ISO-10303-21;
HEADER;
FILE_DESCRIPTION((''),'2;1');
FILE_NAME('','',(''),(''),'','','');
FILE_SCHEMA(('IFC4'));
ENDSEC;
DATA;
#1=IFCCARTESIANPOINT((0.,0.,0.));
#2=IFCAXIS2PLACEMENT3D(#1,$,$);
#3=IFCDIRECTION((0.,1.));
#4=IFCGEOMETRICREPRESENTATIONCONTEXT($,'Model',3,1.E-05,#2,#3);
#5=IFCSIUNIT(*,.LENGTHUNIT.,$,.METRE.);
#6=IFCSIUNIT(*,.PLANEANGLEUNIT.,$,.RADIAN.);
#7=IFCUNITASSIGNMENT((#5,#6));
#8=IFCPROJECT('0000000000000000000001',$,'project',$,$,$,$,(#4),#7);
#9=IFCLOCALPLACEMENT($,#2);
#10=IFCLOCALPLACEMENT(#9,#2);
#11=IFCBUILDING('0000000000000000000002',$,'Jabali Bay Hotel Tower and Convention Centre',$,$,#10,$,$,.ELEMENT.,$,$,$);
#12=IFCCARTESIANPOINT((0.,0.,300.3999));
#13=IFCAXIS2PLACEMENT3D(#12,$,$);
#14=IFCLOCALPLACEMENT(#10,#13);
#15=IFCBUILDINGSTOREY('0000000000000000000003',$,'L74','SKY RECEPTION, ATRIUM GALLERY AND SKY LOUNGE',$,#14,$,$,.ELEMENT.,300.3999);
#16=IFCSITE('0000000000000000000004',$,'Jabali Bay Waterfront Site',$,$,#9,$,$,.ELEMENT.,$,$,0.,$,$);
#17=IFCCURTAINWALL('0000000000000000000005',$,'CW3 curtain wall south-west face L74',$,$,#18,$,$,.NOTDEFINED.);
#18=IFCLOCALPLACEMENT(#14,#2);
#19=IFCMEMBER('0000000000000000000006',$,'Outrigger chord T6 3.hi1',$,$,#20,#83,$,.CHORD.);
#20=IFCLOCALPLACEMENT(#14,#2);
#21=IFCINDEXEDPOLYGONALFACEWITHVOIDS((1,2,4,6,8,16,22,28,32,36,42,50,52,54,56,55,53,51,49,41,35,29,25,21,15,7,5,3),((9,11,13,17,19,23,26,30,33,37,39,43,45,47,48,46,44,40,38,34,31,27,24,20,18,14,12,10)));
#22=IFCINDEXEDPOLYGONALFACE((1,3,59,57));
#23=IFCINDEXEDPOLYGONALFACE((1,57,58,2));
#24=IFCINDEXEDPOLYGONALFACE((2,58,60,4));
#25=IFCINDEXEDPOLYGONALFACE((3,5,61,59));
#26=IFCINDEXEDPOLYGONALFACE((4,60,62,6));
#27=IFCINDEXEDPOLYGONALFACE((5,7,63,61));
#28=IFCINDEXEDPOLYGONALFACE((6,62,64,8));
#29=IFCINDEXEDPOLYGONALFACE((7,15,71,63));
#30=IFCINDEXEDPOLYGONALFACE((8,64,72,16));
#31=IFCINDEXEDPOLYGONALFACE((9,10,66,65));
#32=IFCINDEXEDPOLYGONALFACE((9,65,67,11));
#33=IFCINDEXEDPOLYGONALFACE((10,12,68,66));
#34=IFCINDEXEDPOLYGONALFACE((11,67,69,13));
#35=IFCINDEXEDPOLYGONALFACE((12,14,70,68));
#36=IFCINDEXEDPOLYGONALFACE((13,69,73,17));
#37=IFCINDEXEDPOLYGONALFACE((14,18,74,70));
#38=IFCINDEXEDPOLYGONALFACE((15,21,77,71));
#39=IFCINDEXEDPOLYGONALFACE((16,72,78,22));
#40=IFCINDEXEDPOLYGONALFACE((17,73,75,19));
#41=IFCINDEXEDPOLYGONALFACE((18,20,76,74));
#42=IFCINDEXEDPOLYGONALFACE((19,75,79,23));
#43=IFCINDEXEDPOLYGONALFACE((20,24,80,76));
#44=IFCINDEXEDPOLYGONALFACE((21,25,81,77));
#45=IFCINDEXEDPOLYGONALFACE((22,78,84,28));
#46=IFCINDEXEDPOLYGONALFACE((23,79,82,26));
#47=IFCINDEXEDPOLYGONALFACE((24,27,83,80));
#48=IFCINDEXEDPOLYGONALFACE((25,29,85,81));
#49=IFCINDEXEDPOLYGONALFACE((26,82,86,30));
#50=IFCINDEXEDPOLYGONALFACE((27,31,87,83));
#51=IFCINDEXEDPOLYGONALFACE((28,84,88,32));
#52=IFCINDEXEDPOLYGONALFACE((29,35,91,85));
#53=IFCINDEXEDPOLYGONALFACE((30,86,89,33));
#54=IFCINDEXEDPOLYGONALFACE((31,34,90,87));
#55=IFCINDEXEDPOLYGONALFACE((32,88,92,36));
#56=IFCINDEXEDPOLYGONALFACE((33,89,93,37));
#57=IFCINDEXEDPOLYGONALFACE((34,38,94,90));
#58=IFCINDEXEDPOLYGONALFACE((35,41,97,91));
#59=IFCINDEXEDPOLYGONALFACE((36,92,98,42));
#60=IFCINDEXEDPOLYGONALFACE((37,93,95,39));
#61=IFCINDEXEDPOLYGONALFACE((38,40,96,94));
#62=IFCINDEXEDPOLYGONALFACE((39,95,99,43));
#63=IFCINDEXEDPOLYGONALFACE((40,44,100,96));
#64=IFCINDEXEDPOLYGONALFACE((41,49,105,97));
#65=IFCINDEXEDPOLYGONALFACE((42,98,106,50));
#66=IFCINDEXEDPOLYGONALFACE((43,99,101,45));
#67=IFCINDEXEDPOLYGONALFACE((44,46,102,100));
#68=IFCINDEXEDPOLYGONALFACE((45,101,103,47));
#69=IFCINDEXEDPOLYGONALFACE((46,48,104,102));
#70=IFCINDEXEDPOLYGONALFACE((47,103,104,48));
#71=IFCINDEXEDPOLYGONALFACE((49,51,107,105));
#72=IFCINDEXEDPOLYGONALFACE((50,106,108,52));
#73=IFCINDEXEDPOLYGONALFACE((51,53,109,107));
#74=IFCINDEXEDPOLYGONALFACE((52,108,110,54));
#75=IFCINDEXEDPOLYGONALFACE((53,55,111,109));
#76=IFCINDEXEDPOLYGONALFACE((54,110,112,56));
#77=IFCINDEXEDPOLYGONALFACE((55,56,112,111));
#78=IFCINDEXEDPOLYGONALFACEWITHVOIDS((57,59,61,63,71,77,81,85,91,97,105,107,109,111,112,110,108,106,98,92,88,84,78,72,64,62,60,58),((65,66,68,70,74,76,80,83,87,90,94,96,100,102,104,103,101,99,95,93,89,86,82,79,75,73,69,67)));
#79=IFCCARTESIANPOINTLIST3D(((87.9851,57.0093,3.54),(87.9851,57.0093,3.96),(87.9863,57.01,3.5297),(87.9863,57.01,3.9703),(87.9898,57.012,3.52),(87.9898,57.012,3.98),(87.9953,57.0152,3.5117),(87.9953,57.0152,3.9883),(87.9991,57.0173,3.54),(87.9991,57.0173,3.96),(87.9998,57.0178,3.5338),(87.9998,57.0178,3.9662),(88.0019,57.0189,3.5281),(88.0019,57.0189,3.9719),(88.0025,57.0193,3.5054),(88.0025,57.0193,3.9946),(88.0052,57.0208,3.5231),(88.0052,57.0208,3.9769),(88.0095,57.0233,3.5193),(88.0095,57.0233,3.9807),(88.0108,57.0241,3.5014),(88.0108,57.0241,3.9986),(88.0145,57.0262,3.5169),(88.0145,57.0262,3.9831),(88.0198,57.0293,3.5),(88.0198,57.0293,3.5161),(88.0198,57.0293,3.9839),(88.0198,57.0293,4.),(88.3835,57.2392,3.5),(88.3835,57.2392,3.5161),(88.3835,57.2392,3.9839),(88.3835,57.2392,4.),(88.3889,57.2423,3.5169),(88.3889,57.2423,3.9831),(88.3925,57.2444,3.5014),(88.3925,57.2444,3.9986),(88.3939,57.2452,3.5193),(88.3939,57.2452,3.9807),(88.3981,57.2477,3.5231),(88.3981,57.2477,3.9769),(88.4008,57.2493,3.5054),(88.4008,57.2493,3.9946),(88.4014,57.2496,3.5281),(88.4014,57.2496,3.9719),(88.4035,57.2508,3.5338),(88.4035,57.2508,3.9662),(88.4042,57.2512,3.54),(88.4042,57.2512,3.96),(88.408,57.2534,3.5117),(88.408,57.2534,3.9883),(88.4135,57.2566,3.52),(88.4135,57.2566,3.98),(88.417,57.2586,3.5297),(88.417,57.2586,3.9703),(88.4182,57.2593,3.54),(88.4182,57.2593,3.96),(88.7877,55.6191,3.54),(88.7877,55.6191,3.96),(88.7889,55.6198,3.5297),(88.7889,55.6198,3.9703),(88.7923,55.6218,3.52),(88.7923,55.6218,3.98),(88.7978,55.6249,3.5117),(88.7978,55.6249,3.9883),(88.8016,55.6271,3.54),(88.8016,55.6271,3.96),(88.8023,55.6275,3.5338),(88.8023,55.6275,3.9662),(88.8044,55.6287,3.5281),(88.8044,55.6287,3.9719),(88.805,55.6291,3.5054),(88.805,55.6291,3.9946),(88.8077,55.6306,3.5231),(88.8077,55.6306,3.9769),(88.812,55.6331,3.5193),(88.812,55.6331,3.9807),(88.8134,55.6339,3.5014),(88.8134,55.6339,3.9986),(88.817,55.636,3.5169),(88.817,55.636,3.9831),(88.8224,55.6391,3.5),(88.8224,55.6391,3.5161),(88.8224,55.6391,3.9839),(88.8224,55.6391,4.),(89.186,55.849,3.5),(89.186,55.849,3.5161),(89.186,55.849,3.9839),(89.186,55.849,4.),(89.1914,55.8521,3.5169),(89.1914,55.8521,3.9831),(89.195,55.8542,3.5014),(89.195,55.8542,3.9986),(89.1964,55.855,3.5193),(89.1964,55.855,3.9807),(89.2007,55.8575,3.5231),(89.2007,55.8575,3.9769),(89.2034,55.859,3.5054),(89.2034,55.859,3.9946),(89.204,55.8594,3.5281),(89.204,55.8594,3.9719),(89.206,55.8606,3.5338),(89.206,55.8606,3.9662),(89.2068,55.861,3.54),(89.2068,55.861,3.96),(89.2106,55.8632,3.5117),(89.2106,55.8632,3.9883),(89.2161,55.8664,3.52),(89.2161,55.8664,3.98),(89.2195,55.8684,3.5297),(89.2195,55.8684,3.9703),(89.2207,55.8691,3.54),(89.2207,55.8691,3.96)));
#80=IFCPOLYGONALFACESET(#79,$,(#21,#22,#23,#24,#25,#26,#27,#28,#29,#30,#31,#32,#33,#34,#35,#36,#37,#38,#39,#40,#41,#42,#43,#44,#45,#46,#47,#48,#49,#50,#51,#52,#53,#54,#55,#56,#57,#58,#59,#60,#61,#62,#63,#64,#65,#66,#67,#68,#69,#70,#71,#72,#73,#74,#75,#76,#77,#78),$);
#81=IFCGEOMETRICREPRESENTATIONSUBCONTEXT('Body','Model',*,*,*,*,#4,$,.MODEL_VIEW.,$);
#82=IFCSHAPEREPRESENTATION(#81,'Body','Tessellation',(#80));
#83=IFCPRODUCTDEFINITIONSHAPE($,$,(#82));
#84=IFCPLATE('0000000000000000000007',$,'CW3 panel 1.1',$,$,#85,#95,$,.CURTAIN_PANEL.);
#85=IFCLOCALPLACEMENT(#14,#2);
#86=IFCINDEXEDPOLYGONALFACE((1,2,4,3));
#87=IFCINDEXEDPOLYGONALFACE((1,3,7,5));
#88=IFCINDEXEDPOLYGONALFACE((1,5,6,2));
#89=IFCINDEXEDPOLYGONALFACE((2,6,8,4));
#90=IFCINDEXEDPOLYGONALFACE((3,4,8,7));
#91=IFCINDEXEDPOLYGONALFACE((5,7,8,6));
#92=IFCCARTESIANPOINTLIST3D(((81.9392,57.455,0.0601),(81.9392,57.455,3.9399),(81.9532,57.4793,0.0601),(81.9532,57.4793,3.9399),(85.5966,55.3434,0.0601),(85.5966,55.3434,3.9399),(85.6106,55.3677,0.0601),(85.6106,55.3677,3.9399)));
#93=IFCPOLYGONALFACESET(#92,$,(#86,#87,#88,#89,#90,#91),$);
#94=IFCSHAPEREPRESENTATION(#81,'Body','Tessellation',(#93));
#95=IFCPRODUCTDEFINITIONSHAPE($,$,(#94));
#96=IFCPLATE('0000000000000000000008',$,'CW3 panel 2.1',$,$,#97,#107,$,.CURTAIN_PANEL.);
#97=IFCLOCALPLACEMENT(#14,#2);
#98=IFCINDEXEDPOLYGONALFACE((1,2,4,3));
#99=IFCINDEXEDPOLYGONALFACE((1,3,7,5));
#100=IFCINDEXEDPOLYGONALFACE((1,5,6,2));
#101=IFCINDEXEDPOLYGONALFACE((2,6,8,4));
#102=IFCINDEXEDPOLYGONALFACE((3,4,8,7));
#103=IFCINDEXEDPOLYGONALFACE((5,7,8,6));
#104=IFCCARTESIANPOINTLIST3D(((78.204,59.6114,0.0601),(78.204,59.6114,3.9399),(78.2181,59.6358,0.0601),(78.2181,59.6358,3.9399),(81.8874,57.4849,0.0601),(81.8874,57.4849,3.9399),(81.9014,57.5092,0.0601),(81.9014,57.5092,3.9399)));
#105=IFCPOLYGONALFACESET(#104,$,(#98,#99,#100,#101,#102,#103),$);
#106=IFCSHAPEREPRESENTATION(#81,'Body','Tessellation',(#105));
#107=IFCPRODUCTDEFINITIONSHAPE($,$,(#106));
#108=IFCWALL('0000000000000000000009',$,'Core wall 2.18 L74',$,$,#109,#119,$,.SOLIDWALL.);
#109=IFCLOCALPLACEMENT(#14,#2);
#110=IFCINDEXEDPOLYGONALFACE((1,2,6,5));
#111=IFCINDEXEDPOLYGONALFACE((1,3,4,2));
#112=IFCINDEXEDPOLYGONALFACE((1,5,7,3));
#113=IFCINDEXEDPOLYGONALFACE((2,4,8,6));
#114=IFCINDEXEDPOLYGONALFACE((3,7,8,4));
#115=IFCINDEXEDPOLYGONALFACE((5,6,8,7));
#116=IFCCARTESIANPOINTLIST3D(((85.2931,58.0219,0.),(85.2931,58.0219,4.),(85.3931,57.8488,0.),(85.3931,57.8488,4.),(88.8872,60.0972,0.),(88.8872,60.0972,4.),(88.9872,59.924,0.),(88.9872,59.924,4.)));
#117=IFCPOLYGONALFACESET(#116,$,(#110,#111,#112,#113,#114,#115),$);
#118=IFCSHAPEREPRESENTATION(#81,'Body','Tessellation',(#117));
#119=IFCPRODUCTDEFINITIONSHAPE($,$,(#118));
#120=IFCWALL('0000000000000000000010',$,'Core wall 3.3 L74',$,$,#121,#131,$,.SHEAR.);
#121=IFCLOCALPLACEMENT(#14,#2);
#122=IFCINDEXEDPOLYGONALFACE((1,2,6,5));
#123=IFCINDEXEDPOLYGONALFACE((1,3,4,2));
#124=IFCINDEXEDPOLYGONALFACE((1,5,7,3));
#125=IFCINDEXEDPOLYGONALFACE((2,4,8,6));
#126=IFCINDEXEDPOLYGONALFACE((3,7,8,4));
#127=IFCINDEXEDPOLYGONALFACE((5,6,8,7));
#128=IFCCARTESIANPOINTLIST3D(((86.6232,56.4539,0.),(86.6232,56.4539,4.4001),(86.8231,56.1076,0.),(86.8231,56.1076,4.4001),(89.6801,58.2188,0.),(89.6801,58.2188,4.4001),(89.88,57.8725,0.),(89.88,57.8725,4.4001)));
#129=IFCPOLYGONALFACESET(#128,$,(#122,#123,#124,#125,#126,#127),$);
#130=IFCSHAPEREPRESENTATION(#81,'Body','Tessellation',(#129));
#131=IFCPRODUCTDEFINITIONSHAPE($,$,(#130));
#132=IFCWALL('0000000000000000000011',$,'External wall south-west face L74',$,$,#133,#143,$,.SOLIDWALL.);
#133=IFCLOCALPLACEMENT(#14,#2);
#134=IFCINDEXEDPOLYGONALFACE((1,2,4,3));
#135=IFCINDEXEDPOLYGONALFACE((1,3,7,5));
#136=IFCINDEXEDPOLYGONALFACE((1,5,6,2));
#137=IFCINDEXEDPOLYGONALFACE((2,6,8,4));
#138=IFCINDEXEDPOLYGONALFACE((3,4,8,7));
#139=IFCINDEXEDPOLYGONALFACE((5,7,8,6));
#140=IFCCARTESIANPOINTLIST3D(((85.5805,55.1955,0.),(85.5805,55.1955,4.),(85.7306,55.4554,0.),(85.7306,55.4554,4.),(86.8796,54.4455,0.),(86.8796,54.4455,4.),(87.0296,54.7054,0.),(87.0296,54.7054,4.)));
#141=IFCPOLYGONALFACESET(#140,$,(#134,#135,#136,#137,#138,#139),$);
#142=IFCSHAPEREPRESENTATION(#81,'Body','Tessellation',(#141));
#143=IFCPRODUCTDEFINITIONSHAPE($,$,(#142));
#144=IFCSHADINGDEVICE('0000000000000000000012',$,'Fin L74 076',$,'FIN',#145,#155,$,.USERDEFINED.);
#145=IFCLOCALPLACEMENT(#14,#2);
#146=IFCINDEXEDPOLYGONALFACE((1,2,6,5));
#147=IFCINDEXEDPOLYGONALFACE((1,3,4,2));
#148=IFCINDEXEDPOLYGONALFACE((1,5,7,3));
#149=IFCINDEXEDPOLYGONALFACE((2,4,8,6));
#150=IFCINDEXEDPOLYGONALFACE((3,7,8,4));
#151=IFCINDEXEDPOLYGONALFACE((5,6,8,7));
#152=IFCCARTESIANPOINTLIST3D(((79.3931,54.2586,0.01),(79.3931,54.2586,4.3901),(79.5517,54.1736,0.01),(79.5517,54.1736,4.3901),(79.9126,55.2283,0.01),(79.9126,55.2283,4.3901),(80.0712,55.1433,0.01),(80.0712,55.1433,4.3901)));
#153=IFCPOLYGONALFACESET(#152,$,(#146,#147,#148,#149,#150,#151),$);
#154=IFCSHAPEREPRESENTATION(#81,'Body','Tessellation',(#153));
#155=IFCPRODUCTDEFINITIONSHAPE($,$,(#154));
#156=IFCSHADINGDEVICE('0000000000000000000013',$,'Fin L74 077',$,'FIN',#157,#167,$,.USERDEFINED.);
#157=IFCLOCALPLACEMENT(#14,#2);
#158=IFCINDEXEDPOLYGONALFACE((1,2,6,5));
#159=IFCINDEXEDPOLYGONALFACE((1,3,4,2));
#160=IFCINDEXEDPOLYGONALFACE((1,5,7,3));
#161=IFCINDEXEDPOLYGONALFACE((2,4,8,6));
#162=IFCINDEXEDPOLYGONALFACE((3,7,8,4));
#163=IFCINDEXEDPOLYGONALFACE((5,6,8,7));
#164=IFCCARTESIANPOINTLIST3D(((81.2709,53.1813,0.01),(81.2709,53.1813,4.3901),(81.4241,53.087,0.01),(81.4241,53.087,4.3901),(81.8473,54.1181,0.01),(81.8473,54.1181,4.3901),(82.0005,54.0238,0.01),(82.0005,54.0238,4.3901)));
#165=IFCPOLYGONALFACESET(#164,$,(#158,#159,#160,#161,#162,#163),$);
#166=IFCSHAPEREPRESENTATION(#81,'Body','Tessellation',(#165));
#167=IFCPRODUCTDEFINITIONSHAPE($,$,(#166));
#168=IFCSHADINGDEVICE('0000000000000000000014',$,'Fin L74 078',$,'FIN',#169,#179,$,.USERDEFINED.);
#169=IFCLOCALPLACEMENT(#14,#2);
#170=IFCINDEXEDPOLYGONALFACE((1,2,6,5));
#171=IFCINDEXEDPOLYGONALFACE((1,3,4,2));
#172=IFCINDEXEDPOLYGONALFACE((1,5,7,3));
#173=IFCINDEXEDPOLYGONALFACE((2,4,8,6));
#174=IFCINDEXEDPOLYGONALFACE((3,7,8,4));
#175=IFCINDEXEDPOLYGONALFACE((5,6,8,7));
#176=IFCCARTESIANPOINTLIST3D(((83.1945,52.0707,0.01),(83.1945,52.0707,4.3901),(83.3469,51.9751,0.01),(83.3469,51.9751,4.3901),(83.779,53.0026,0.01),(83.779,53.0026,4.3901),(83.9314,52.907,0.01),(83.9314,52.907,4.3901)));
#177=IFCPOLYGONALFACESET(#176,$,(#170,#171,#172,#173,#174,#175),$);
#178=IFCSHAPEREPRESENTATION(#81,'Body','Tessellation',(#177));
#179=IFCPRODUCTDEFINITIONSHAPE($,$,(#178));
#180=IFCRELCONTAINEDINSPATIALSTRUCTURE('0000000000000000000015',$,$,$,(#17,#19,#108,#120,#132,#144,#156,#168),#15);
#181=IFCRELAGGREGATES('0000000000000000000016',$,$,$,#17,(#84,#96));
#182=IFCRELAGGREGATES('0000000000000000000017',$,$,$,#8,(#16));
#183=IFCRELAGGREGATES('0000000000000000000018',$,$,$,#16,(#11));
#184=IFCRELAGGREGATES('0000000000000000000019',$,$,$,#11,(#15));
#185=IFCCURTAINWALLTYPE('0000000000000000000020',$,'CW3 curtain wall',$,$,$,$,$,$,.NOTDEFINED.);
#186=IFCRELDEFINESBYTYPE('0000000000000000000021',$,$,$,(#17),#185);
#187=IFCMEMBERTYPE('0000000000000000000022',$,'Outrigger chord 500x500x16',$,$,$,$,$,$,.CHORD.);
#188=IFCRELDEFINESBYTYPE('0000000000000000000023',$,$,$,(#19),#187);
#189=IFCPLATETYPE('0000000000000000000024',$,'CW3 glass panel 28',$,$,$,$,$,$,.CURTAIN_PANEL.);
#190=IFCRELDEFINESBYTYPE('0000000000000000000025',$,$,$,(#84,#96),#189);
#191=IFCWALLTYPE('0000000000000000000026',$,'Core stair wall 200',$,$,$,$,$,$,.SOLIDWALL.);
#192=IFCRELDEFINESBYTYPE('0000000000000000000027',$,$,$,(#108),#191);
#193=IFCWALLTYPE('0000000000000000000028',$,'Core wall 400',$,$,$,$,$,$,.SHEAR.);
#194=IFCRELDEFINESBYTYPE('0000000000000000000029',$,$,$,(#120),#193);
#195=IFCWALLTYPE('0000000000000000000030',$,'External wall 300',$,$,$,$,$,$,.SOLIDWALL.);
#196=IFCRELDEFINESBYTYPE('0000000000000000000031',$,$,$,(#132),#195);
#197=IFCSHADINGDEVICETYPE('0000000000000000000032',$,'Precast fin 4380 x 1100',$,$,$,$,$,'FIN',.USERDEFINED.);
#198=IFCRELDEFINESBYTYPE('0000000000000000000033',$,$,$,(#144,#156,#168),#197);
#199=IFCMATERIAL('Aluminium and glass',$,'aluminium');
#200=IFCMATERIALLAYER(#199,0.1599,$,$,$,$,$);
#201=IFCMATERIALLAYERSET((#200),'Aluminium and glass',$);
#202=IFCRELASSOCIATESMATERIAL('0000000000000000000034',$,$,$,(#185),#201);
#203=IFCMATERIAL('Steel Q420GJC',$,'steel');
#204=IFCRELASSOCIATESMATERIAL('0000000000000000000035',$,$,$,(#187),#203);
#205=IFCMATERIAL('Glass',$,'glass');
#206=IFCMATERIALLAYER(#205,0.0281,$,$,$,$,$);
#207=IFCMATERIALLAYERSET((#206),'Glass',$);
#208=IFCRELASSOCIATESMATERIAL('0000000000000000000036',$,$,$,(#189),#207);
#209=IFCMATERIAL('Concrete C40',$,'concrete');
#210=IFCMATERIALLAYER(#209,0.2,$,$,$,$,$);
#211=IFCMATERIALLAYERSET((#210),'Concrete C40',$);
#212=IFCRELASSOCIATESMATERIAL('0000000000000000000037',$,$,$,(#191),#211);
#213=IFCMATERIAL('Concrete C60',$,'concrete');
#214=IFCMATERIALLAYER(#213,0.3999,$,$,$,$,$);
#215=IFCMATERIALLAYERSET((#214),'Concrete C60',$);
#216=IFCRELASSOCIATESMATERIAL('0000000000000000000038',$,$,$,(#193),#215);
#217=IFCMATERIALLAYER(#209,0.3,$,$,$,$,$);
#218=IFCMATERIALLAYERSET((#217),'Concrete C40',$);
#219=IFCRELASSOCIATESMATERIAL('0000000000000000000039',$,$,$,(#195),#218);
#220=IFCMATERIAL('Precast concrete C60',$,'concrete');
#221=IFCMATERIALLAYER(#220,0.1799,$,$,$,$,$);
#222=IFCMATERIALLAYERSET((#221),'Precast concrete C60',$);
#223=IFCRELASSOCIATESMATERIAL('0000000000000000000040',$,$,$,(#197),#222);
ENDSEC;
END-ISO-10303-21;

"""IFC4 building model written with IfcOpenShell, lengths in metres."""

from ifc_helpers import new_model, si_unit, direction, frame, frame_2d, origin, origin_2d, place, context, subcontext, project, spatial, rectangle, hollow_rectangle, extrude, material, layer, layer_set, material_profile, profile_set, type_object, element, aggregate, save


model = new_model("IFC4")

# Units and contexts
model_context = context("Model", 3, precision=1e-05, world=origin(), true_north=direction((0.0, 1.0)))
body_context = subcontext(model_context, "Body", "Model", "MODEL_VIEW")
ifc_project = project(units=[si_unit("LENGTHUNIT", "METRE"), si_unit("PLANEANGLEUNIT", "RADIAN")], contexts=[model_context])

# Site, building, storey
site_placement = place(None, origin())
site = spatial("IfcSite", under=ifc_project, at=site_placement, Name="Jabali Bay Waterfront Site", CompositionType="ELEMENT", RefElevation=0.0)
building_placement = place(site_placement, origin())
building = spatial("IfcBuilding", under=site, at=building_placement, Name="Jabali Bay Hotel Tower and Convention Centre", CompositionType="ELEMENT")
storey_placement = place(building_placement, frame((0.0, 0.0, 300.3999)))
storey = spatial("IfcBuildingStorey", under=building, at=storey_placement, Name="L74", Description="SKY RECEPTION, ATRIUM GALLERY AND SKY LOUNGE", CompositionType="ELEMENT", Elevation=300.3999)

# Shared definitions
ifc_material_1 = material(Name="Concrete C60", Category="concrete")

# Shared definitions
ifc_material_2 = material(Name="Steel Q420GJC", Category="steel")

# Curtain wall
ifc_material_3 = material(Name="Aluminium and glass", Category="aluminium")
ifc_layer_1 = layer(ifc_material_3, 0.1599)
ifc_layer_set_1 = layer_set([ifc_layer_1], Name="Aluminium and glass")
curtain_wall_type = type_object("IfcCurtainWallType", Name="CW3 curtain wall", PredefinedType="NOTDEFINED", material=ifc_layer_set_1)
curtain_wall_placement = place(storey_placement, origin())
curtain_wall = element("IfcCurtainWall", 1, at=curtain_wall_placement, inside=storey, type_object=curtain_wall_type, Name="CW3 curtain wall south-west face L74", PredefinedType="NOTDEFINED")

# Member
ifc_material_profile_1 = material_profile(ifc_material_2, hollow_rectangle(XDim=0.5, YDim=0.5, WallThickness=0.0161, InnerFilletRadius=0.0239, OuterFilletRadius=0.04, at=origin_2d()), Name="Outrigger chord 500x500x16")
ifc_profile_set_1 = profile_set([ifc_material_profile_1], Name="Steel Q420GJC")
member_type_1 = type_object("IfcMemberType", Name="Outrigger chord 500x500x16", PredefinedType="CHORD", material=ifc_profile_set_1)
member_1_placement = place(storey_placement, frame((88.2017, 57.1343, 3.75), z_axis=(0.499951, -0.866054, 0.0), x_axis=(0.866054, 0.499951, 0.0)))
element("IfcMember", 2, at=member_1_placement, inside=storey, type_object=member_type_1, Name="Outrigger chord T6 3.hi1", PredefinedType="CHORD", context=body_context, shape_type="SweptSolid", body=[
    extrude(hollow_rectangle(XDim=0.5, YDim=0.5, WallThickness=0.0161, InnerFilletRadius=0.0239, OuterFilletRadius=0.04, at=origin_2d()), origin(), (0.0, 0.0, 1.0), 1.6052),
])

# Plates
ifc_material_4 = material(Name="Glass", Category="glass")
ifc_layer_2 = layer(ifc_material_4, 0.0281)
ifc_layer_set_2 = layer_set([ifc_layer_2], Name="Glass")
plate_type = type_object("IfcPlateType", Name="CW3 glass panel 28", PredefinedType="CURTAIN_PANEL", material=ifc_layer_set_2)
plate_1_placement = place(storey_placement, frame((83.7749, 56.4114, 0.0601), z_axis=(0.0, 0.0, 1.0), x_axis=(-0.866025, 0.5, 0.0)))
plate_1 = element("IfcPlate", 3, at=plate_1_placement, type_object=plate_type, Name="CW3 panel 1.1", PredefinedType="CURTAIN_PANEL", context=body_context, shape_type="SweptSolid", body=[
    extrude(rectangle(XDim=4.2231, YDim=0.0281, at=origin_2d()), origin(), (0.0, 0.0, 1.0), 3.8799),
])
plate_2_placement = place(storey_placement, frame((80.0527, 58.5603, 0.0601), z_axis=(0.0, 0.0, 1.0), x_axis=(-0.866025, 0.5, 0.0)))
plate_2 = element("IfcPlate", 4, at=plate_2_placement, type_object=plate_type, Name="CW3 panel 2.1", PredefinedType="CURTAIN_PANEL", context=body_context, shape_type="SweptSolid", body=[
    extrude(rectangle(XDim=4.2532, YDim=0.0281, at=origin_2d()), origin(), (0.0, 0.0, 1.0), 3.8799),
])
aggregate(curtain_wall, [plate_1, plate_2])

# Walls
ifc_material_5 = material(Name="Concrete C40", Category="concrete")
ifc_layer_3 = layer(ifc_material_5, 0.2)
ifc_layer_set_3 = layer_set([ifc_layer_3], Name="Concrete C40")
wall_type_1 = type_object("IfcWallType", Name="Core stair wall 200", PredefinedType="SOLIDWALL", material=ifc_layer_set_3)
wall_1_placement = place(storey_placement, frame((85.343, 57.9353, 0.0), z_axis=(0.0, 0.0, 1.0), x_axis=(0.866004, 0.500036, 0.0)))
element("IfcWall", 5, at=wall_1_placement, inside=storey, type_object=wall_type_1, Name="Core wall 2.18 L74", PredefinedType="SOLIDWALL", context=body_context, shape_type="SweptSolid", body=[
    extrude(rectangle(XDim=4.1501, YDim=0.2, at=frame_2d((2.0752, 0.0))), origin(), (0.0, 0.0, 1.0), 4.0),
])
ifc_layer_4 = layer(ifc_material_1, 0.3999)
ifc_layer_set_4 = layer_set([ifc_layer_4], Name="Concrete C60")
wall_type_2 = type_object("IfcWallType", Name="Core wall 400", PredefinedType="SHEAR", material=ifc_layer_set_4)
wall_2_placement = place(storey_placement, frame((86.7231, 56.2808, 0.0), z_axis=(0.0, 0.0, 1.0), x_axis=(0.866025, 0.5, 0.0)))
element("IfcWall", 6, at=wall_2_placement, inside=storey, type_object=wall_type_2, Name="Core wall 3.3 L74", PredefinedType="SHEAR", context=body_context, shape_type="SweptSolid", body=[
    extrude(rectangle(XDim=3.5298, YDim=0.3999, at=frame_2d((1.7649, 0.0))), origin(), (0.0, 0.0, 1.0), 4.4001),
])
ifc_layer_5 = layer(ifc_material_5, 0.3)
ifc_layer_set_5 = layer_set([ifc_layer_5], Name="Concrete C40")
wall_type_3 = type_object("IfcWallType", Name="External wall 300", PredefinedType="SOLIDWALL", material=ifc_layer_set_5)
wall_3_placement = place(storey_placement, frame((86.9546, 54.5754, 0.0), z_axis=(0.0, 0.0, 1.0), x_axis=(-0.866031, 0.49999, 0.0)))
element("IfcWall", 7, at=wall_3_placement, inside=storey, type_object=wall_type_3, Name="External wall south-west face L74", PredefinedType="SOLIDWALL", context=body_context, shape_type="SweptSolid", body=[
    extrude(rectangle(XDim=1.5, YDim=0.3, at=frame_2d((0.75, 0.0))), origin(), (0.0, 0.0, 1.0), 4.0),
])

# Shading devices
ifc_material_6 = material(Name="Precast concrete C60", Category="concrete")
ifc_layer_6 = layer(ifc_material_6, 0.1799)
ifc_layer_set_6 = layer_set([ifc_layer_6], Name="Precast concrete C60")
shading_device_type_1 = type_object("IfcShadingDeviceType", Name="Precast fin 4380 x 1100", ElementType="FIN", PredefinedType="USERDEFINED", material=ifc_layer_set_6)
shading_device_1_placement = place(storey_placement, frame((79.9919, 55.1858, 0.01), z_axis=(0.0, 0.0, 1.0), x_axis=(-0.472246, -0.881467, 0.0)))
element("IfcShadingDevice", 8, at=shading_device_1_placement, inside=storey, type_object=shading_device_type_1, Name="Fin L74 076", ObjectType="FIN", PredefinedType="USERDEFINED", context=body_context, shape_type="SweptSolid", body=[
    extrude(rectangle(XDim=1.1001, YDim=0.1799, at=frame_2d((0.55, 0.0))), origin(), (0.0, 0.0, 1.0), 4.3801),
])
shading_device_2_placement = place(storey_placement, frame((81.9238, 54.0708, 0.01), z_axis=(0.0, 0.0, 1.0), x_axis=(-0.52406, -0.851681, 0.0)))
element("IfcShadingDevice", 9, at=shading_device_2_placement, inside=storey, type_object=shading_device_type_1, Name="Fin L74 077", ObjectType="FIN", PredefinedType="USERDEFINED", context=body_context, shape_type="SweptSolid", body=[
    extrude(rectangle(XDim=1.0999, YDim=0.1799, at=frame_2d((0.5498, 0.0))), origin(), (0.0, 0.0, 1.0), 4.3801),
])
shading_device_3_placement = place(storey_placement, frame((83.8552, 52.9548, 0.01), z_axis=(0.0, 0.0, 1.0), x_axis=(-0.531335, -0.847162, 0.0)))
element("IfcShadingDevice", 10, at=shading_device_3_placement, inside=storey, type_object=shading_device_type_1, Name="Fin L74 078", ObjectType="FIN", PredefinedType="USERDEFINED", context=body_context, shape_type="SweptSolid", body=[
    extrude(rectangle(XDim=1.1001, YDim=0.1799, at=frame_2d((0.55, 0.0))), origin(), (0.0, 0.0, 1.0), 4.3801),
])

save(model, "model.ifc")
